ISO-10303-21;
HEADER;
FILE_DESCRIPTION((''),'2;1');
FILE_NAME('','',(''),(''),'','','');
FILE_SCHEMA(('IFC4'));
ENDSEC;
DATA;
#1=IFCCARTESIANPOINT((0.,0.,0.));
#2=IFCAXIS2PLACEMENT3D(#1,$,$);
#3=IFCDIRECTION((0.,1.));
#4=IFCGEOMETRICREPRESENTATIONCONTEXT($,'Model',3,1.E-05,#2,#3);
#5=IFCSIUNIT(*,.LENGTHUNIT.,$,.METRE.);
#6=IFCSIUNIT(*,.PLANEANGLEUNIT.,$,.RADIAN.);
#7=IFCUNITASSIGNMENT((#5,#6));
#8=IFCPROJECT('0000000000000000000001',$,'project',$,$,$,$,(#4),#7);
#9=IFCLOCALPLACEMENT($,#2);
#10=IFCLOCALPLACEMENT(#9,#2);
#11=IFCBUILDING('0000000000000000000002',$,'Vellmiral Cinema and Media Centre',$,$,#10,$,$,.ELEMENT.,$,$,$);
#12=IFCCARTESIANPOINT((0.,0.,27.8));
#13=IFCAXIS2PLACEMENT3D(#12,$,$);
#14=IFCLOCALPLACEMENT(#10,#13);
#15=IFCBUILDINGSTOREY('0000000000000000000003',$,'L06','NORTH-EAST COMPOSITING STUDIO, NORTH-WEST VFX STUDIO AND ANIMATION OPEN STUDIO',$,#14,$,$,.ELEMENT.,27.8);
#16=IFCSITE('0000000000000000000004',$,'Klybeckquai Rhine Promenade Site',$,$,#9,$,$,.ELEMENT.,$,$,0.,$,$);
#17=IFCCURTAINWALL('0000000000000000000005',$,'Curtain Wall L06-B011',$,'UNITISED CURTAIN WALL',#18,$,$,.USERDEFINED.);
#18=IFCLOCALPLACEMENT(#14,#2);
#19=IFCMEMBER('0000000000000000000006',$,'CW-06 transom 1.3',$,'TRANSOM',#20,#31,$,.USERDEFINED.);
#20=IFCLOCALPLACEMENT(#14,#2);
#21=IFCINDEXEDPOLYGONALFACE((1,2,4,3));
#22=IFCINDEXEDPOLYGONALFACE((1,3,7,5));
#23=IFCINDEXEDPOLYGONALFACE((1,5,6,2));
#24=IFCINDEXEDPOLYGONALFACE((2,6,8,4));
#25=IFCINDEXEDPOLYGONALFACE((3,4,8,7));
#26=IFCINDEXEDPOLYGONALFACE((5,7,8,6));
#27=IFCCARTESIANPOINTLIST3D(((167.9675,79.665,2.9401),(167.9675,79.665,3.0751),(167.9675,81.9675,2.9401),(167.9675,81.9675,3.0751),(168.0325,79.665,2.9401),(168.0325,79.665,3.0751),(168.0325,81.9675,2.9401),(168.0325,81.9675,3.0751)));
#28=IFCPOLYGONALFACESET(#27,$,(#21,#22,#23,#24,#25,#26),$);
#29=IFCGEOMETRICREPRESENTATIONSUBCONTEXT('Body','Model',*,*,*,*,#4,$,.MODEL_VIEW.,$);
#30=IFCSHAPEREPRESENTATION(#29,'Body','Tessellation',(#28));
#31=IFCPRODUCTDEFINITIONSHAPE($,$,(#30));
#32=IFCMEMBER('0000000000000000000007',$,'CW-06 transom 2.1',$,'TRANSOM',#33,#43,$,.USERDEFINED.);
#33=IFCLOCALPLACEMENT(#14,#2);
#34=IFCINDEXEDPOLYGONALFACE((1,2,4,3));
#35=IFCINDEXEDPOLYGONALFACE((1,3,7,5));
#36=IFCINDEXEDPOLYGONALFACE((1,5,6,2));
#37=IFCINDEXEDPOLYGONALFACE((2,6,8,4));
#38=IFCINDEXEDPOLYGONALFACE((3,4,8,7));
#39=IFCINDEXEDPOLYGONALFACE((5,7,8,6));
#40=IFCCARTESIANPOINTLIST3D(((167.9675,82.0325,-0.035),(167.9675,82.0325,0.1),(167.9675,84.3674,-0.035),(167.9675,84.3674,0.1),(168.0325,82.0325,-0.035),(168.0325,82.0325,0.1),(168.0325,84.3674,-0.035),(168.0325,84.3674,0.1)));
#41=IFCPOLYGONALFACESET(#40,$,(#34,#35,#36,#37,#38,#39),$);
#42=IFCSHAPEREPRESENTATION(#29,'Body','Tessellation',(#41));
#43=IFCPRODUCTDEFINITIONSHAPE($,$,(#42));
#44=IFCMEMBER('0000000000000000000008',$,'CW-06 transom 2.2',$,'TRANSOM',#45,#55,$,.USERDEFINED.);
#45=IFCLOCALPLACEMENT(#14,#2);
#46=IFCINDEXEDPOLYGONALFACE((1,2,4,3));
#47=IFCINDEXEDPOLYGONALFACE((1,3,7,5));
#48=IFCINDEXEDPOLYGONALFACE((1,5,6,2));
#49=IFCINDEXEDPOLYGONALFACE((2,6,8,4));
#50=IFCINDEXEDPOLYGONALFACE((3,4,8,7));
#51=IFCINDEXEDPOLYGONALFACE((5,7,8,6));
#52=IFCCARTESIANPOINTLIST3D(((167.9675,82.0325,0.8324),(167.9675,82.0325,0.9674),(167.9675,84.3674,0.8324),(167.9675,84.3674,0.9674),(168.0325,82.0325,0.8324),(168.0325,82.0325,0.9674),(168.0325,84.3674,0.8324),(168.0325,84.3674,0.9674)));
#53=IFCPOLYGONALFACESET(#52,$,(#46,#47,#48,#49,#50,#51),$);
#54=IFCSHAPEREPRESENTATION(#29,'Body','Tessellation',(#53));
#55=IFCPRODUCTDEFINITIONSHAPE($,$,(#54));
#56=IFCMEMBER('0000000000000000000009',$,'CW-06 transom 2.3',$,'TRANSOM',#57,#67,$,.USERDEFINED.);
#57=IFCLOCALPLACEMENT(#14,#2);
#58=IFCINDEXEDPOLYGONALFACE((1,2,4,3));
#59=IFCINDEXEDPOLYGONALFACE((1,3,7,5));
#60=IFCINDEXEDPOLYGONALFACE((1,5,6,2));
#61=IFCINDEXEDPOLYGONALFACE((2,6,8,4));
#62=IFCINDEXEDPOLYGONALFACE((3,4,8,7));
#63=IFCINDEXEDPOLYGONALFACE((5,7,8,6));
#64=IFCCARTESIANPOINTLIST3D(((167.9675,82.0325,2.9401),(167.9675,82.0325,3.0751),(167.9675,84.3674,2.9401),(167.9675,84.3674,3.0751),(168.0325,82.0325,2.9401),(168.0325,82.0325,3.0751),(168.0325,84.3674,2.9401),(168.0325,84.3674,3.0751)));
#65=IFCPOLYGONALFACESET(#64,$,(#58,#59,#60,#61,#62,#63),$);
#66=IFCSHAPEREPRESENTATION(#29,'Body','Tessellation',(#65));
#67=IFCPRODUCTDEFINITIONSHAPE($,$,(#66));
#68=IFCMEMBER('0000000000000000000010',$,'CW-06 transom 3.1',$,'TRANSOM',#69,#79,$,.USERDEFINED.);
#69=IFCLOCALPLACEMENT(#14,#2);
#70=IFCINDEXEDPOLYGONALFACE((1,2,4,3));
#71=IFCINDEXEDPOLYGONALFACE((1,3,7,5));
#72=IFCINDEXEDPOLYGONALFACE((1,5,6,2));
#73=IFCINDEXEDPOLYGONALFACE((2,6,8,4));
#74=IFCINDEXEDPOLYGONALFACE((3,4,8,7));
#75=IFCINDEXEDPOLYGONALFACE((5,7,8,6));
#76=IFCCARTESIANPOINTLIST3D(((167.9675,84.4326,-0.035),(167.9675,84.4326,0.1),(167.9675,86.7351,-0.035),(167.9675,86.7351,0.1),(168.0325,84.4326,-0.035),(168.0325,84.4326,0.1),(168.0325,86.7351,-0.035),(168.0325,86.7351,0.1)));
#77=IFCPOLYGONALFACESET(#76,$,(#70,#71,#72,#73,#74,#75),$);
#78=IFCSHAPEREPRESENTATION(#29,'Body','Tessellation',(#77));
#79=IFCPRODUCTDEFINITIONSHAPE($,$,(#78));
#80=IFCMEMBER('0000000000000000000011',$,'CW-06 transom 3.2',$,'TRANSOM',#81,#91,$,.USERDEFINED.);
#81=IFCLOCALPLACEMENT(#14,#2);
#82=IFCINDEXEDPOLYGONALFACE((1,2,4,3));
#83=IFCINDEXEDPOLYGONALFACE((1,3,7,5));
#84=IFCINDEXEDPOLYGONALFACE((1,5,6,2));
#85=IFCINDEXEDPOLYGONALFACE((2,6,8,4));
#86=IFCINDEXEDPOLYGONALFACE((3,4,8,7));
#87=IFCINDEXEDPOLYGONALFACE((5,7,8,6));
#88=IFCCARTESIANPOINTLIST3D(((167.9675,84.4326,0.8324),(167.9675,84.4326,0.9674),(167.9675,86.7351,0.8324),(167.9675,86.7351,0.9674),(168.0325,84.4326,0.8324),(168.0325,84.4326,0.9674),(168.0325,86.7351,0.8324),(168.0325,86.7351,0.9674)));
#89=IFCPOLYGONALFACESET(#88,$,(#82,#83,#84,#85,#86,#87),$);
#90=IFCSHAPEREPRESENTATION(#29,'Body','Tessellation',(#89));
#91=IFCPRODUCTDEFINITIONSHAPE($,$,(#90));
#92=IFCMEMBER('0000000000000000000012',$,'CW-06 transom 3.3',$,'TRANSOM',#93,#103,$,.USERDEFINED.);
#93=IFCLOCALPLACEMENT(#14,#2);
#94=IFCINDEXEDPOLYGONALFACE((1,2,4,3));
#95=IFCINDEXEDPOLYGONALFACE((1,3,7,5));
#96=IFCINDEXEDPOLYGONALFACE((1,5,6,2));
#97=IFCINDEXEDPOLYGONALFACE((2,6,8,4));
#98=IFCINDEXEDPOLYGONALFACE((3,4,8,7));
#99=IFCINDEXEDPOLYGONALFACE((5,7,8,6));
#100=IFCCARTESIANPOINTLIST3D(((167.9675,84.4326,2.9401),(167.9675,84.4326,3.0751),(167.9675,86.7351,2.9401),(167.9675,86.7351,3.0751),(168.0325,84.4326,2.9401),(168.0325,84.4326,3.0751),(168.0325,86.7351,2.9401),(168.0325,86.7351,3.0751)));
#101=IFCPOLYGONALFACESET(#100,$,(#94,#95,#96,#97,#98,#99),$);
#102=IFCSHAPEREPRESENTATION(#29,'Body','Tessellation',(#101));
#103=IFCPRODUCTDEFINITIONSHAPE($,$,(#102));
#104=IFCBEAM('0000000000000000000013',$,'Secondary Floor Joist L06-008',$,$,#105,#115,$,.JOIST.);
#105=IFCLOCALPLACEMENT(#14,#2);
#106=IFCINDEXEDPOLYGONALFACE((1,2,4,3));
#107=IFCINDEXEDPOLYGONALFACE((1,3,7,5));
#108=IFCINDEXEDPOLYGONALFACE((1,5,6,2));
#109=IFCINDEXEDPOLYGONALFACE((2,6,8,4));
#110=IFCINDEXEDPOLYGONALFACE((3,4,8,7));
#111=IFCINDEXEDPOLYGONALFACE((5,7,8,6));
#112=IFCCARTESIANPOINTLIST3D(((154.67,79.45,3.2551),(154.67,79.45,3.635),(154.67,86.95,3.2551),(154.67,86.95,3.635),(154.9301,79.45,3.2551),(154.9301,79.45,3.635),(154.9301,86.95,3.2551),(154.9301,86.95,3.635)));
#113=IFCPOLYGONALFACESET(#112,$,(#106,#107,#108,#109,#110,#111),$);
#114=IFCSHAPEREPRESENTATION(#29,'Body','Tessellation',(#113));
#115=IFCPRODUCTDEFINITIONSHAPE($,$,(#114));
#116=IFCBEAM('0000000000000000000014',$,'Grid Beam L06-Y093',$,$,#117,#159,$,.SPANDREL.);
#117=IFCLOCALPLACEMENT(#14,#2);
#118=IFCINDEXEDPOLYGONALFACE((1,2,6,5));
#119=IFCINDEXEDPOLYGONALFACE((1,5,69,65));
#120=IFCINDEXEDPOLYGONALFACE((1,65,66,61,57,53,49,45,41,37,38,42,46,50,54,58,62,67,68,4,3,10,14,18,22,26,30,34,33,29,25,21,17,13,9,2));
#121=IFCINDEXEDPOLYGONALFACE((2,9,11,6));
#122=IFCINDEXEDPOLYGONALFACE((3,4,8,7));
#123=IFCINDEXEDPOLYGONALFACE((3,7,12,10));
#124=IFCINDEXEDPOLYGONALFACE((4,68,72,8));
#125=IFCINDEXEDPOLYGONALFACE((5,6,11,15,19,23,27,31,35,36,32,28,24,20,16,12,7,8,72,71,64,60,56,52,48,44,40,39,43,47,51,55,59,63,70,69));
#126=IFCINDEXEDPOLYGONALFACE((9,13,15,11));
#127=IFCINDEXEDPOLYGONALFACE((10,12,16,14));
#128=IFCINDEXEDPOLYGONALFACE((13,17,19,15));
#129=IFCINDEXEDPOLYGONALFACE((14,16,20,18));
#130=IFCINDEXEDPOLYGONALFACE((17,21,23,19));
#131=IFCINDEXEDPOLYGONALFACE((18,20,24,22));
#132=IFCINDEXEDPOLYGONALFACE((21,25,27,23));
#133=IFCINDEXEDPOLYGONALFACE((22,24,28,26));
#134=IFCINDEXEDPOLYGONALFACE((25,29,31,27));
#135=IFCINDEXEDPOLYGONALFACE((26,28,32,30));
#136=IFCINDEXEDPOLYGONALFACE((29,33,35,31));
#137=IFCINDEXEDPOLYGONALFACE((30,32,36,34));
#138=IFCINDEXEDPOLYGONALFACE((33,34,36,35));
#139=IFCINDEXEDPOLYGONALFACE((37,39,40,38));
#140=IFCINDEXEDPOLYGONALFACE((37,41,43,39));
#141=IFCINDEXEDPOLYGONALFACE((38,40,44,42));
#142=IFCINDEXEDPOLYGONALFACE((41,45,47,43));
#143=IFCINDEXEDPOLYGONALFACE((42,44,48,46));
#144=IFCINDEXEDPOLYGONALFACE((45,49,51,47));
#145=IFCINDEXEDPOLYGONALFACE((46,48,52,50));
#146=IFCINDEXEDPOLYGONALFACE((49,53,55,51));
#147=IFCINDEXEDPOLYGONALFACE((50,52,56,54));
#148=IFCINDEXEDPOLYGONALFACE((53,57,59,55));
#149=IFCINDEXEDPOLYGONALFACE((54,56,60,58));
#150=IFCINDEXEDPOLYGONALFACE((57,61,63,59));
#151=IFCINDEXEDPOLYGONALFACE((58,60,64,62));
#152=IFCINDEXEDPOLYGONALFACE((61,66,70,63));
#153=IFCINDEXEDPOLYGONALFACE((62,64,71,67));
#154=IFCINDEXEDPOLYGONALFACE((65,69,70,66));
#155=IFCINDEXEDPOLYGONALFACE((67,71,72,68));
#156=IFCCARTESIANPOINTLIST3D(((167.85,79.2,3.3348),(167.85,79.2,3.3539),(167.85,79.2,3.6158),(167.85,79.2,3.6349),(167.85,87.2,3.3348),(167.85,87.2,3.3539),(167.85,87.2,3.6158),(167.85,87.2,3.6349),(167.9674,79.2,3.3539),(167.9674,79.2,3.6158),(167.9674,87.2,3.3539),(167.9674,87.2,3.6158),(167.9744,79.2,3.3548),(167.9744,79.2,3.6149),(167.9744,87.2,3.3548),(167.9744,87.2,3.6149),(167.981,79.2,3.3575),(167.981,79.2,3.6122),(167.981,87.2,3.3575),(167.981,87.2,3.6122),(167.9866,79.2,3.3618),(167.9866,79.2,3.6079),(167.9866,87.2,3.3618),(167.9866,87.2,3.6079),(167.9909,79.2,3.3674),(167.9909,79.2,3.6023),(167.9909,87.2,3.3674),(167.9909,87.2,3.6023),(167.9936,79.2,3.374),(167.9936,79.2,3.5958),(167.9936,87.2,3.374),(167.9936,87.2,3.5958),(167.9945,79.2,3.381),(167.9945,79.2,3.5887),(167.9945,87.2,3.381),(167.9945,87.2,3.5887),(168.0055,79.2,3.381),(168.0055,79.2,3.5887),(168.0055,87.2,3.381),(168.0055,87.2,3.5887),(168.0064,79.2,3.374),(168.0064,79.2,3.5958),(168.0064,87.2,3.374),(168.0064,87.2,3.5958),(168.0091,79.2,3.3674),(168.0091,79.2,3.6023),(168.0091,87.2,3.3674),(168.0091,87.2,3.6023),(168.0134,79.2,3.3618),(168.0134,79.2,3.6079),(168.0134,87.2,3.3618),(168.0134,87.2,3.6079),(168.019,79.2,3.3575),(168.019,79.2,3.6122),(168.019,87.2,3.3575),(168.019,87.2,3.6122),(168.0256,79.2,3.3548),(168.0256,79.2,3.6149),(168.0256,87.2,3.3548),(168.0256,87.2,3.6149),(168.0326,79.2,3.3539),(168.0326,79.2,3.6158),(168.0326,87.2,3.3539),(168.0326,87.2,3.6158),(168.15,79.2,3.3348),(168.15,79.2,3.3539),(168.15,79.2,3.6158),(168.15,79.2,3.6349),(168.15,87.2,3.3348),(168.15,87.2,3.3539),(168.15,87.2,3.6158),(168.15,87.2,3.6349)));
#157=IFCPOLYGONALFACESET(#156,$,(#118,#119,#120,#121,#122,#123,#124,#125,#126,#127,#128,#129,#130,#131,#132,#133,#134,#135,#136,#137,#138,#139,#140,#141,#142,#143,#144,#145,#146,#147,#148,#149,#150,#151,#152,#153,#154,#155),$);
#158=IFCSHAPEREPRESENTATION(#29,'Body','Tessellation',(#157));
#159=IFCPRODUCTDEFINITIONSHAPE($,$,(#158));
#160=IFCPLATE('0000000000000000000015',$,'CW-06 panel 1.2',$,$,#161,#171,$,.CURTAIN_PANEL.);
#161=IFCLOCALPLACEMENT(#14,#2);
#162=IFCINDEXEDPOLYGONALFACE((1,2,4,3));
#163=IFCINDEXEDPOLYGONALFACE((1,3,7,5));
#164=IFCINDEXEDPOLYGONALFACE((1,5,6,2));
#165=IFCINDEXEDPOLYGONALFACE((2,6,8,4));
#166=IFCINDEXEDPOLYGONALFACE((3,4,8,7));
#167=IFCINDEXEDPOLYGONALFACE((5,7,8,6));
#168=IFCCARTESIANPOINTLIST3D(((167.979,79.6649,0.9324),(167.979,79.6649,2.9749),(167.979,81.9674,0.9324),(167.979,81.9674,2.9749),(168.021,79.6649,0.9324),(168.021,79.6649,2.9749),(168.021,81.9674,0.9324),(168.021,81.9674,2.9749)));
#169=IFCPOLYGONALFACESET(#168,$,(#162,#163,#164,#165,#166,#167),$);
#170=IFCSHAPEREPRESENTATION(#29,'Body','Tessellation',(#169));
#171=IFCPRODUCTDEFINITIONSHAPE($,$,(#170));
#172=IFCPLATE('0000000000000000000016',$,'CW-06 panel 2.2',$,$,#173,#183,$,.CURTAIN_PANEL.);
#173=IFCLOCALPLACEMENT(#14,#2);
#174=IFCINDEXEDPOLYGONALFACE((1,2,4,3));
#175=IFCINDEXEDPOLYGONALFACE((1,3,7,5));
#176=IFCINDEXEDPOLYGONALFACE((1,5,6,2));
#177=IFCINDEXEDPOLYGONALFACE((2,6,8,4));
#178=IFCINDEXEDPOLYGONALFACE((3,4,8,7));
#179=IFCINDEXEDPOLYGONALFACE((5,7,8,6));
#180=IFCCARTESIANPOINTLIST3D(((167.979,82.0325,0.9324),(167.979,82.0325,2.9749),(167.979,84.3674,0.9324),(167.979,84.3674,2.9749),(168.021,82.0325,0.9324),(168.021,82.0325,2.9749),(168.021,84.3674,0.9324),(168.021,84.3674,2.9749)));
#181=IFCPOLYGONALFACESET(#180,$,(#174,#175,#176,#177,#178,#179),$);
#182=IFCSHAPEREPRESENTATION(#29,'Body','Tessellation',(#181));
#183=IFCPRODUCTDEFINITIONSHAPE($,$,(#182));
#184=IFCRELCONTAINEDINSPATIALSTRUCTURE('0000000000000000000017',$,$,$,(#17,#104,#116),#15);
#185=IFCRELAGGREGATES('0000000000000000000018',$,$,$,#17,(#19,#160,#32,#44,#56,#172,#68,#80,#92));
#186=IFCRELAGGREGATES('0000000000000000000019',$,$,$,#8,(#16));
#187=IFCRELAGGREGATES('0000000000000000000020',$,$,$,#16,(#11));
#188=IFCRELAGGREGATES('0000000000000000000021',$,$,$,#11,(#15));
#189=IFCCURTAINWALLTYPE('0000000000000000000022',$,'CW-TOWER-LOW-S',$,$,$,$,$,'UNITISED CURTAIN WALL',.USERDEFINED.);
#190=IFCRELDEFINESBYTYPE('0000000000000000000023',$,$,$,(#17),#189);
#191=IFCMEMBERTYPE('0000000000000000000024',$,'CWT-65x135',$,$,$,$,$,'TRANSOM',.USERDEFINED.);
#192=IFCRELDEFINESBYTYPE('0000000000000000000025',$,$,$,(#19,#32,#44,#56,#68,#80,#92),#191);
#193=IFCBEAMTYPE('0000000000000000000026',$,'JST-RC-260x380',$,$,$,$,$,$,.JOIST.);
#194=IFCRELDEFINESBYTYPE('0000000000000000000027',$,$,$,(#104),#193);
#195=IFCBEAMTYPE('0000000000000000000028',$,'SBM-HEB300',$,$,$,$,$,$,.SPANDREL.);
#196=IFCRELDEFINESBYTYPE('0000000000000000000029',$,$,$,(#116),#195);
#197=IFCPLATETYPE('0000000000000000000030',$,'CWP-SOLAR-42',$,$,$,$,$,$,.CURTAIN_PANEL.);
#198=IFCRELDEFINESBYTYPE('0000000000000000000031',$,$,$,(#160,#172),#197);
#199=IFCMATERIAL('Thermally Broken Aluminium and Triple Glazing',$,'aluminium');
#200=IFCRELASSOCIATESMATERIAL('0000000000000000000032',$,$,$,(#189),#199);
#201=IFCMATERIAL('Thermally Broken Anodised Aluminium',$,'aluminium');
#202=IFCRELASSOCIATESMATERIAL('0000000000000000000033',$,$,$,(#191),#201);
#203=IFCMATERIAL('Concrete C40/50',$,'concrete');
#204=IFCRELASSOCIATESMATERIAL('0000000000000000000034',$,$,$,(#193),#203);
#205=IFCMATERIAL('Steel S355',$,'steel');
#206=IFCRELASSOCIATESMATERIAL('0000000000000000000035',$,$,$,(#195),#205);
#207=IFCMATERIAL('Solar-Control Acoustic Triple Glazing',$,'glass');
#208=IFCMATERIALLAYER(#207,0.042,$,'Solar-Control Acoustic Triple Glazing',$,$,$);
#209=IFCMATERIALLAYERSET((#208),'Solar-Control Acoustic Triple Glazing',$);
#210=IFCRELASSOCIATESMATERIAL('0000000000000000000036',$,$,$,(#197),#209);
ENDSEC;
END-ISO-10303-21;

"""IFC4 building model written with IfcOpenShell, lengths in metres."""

from ifc_helpers import new_model, si_unit, direction, frame, origin, origin_2d, place, context, subcontext, project, spatial, rectangle, i_section, extrude, material, layer, layer_set, material_profile, profile_set, type_object, element, aggregate, save


model = new_model("IFC4")

# Units and contexts
model_context = context("Model", 3, precision=1e-05, world=origin(), true_north=direction((0.0, 1.0)))
body_context = subcontext(model_context, "Body", "Model", "MODEL_VIEW")
ifc_project = project(units=[si_unit("LENGTHUNIT", "METRE"), si_unit("PLANEANGLEUNIT", "RADIAN")], contexts=[model_context])

# Site, building, storey
site_placement = place(None, origin())
site = spatial("IfcSite", under=ifc_project, at=site_placement, Name="Klybeckquai Rhine Promenade Site", CompositionType="ELEMENT", RefElevation=0.0)
building_placement = place(site_placement, origin())
building = spatial("IfcBuilding", under=site, at=building_placement, Name="Vellmiral Cinema and Media Centre", CompositionType="ELEMENT")
storey_placement = place(building_placement, frame((0.0, 0.0, 27.8)))
storey = spatial("IfcBuildingStorey", under=building, at=storey_placement, Name="L06", Description="NORTH-EAST COMPOSITING STUDIO, NORTH-WEST VFX STUDIO AND ANIMATION OPEN STUDIO", CompositionType="ELEMENT", Elevation=27.8)

# Curtain wall, members
ifc_material_1 = material(Name="Thermally Broken Aluminium and Triple Glazing", Category="aluminium")
curtain_wall_type = type_object("IfcCurtainWallType", Name="CW-TOWER-LOW-S", ElementType="UNITISED CURTAIN WALL", PredefinedType="USERDEFINED", material=ifc_material_1)
curtain_wall_placement = place(storey_placement, origin())
curtain_wall = element("IfcCurtainWall", 1, at=curtain_wall_placement, inside=storey, type_object=curtain_wall_type, Name="Curtain Wall L06-B011", ObjectType="UNITISED CURTAIN WALL", PredefinedType="USERDEFINED")
ifc_material_2 = material(Name="Thermally Broken Anodised Aluminium", Category="aluminium")
ifc_material_profile_1 = material_profile(ifc_material_2, rectangle(XDim=0.0649, YDim=0.135, at=origin_2d()), Name="MULL 65x135")
ifc_profile_set_1 = profile_set([ifc_material_profile_1], Name="Thermally Broken Anodised Aluminium")
member_type_1 = type_object("IfcMemberType", Name="CWT-65x135", ElementType="TRANSOM", PredefinedType="USERDEFINED", material=ifc_profile_set_1)
member_1_placement = place(storey_placement, frame((168.0, 79.665, 3.0076), z_axis=(0.0, 1.0, 0.0), x_axis=(-1.0, 0.0, 0.0)))
member_1 = element("IfcMember", 2, at=member_1_placement, type_object=member_type_1, Name="CW-06 transom 1.3", ObjectType="TRANSOM", PredefinedType="USERDEFINED", context=body_context, shape_type="SweptSolid", body=[
    extrude(rectangle(XDim=0.0649, YDim=0.135, at=origin_2d()), origin(), (0.0, 0.0, 1.0), 2.3025),
])
member_2_placement = place(storey_placement, frame((168.0, 82.0325, 0.0325), z_axis=(0.0, 1.0, 0.0), x_axis=(-1.0, 0.0, 0.0)))
member_2 = element("IfcMember", 3, at=member_2_placement, type_object=member_type_1, Name="CW-06 transom 2.1", ObjectType="TRANSOM", PredefinedType="USERDEFINED", context=body_context, shape_type="SweptSolid", body=[
    extrude(rectangle(XDim=0.0649, YDim=0.135, at=origin_2d()), origin(), (0.0, 0.0, 1.0), 2.335),
])
member_3_placement = place(storey_placement, frame((168.0, 82.0325, 0.8999), z_axis=(0.0, 1.0, 0.0), x_axis=(-1.0, 0.0, 0.0)))
member_3 = element("IfcMember", 4, at=member_3_placement, type_object=member_type_1, Name="CW-06 transom 2.2", ObjectType="TRANSOM", PredefinedType="USERDEFINED", context=body_context, shape_type="SweptSolid", body=[
    extrude(rectangle(XDim=0.0649, YDim=0.135, at=origin_2d()), origin(), (0.0, 0.0, 1.0), 2.335),
])
member_4_placement = place(storey_placement, frame((168.0, 82.0325, 3.0076), z_axis=(0.0, 1.0, 0.0), x_axis=(-1.0, 0.0, 0.0)))
member_4 = element("IfcMember", 5, at=member_4_placement, type_object=member_type_1, Name="CW-06 transom 2.3", ObjectType="TRANSOM", PredefinedType="USERDEFINED", context=body_context, shape_type="SweptSolid", body=[
    extrude(rectangle(XDim=0.0649, YDim=0.135, at=origin_2d()), origin(), (0.0, 0.0, 1.0), 2.335),
])
member_5_placement = place(storey_placement, frame((168.0, 84.4326, 0.0325), z_axis=(0.0, 1.0, 0.0), x_axis=(-1.0, 0.0, 0.0)))
member_5 = element("IfcMember", 6, at=member_5_placement, type_object=member_type_1, Name="CW-06 transom 3.1", ObjectType="TRANSOM", PredefinedType="USERDEFINED", context=body_context, shape_type="SweptSolid", body=[
    extrude(rectangle(XDim=0.0649, YDim=0.135, at=origin_2d()), origin(), (0.0, 0.0, 1.0), 2.3025),
])
member_6_placement = place(storey_placement, frame((168.0, 84.4326, 0.8999), z_axis=(0.0, 1.0, 0.0), x_axis=(-1.0, 0.0, 0.0)))
member_6 = element("IfcMember", 7, at=member_6_placement, type_object=member_type_1, Name="CW-06 transom 3.2", ObjectType="TRANSOM", PredefinedType="USERDEFINED", context=body_context, shape_type="SweptSolid", body=[
    extrude(rectangle(XDim=0.0649, YDim=0.135, at=origin_2d()), origin(), (0.0, 0.0, 1.0), 2.3025),
])
member_7_placement = place(storey_placement, frame((168.0, 84.4326, 3.0076), z_axis=(0.0, 1.0, 0.0), x_axis=(-1.0, 0.0, 0.0)))
member_7 = element("IfcMember", 8, at=member_7_placement, type_object=member_type_1, Name="CW-06 transom 3.3", ObjectType="TRANSOM", PredefinedType="USERDEFINED", context=body_context, shape_type="SweptSolid", body=[
    extrude(rectangle(XDim=0.0649, YDim=0.135, at=origin_2d()), origin(), (0.0, 0.0, 1.0), 2.3025),
])

# Beams
ifc_material_3 = material(Name="Concrete C40/50", Category="concrete")
ifc_material_profile_2 = material_profile(ifc_material_3, rectangle(XDim=0.26, YDim=0.3799, at=origin_2d()), Name="RC 260x380")
ifc_profile_set_2 = profile_set([ifc_material_profile_2], Name="Concrete C40/50")
beam_type_1 = type_object("IfcBeamType", Name="JST-RC-260x380", PredefinedType="JOIST", material=ifc_profile_set_2)
beam_1_placement = place(storey_placement, frame((154.8, 79.45, 3.4451), z_axis=(0.0, 1.0, 0.0), x_axis=(-1.0, 0.0, 0.0)))
element("IfcBeam", 9, at=beam_1_placement, inside=storey, type_object=beam_type_1, Name="Secondary Floor Joist L06-008", PredefinedType="JOIST", context=body_context, shape_type="SweptSolid", body=[
    extrude(rectangle(XDim=0.26, YDim=0.3799, at=origin_2d()), origin(), (0.0, 0.0, 1.0), 7.5),
])
ifc_material_4 = material(Name="Steel S355", Category="steel")
ifc_material_profile_3 = material_profile(ifc_material_4, i_section(OverallWidth=0.3, OverallDepth=0.3, WebThickness=0.011, FlangeThickness=0.019, FilletRadius=0.0271, at=origin_2d()), Name="HEB 300")
ifc_profile_set_3 = profile_set([ifc_material_profile_3], Name="Steel S355")
beam_type_2 = type_object("IfcBeamType", Name="SBM-HEB300", PredefinedType="SPANDREL", material=ifc_profile_set_3)
beam_2_placement = place(storey_placement, frame((168.0, 79.2, 3.4849), z_axis=(0.0, 1.0, 0.0), x_axis=(-1.0, 0.0, 0.0)))
element("IfcBeam", 10, at=beam_2_placement, inside=storey, type_object=beam_type_2, Name="Grid Beam L06-Y093", PredefinedType="SPANDREL", context=body_context, shape_type="SweptSolid", body=[
    extrude(i_section(OverallWidth=0.3, OverallDepth=0.3, WebThickness=0.011, FlangeThickness=0.019, FilletRadius=0.0271, at=origin_2d()), origin(), (0.0, 0.0, 1.0), 8.0),
])

# Plates
ifc_material_5 = material(Name="Solar-Control Acoustic Triple Glazing", Category="glass")
ifc_layer_1 = layer(ifc_material_5, 0.042, Name="Solar-Control Acoustic Triple Glazing")
ifc_layer_set_1 = layer_set([ifc_layer_1], Name="Solar-Control Acoustic Triple Glazing")
plate_type_1 = type_object("IfcPlateType", Name="CWP-SOLAR-42", PredefinedType="CURTAIN_PANEL", material=ifc_layer_set_1)
plate_1_placement = place(storey_placement, frame((168.0, 80.8162, 0.9324), z_axis=(0.0, 0.0, 1.0), x_axis=(0.0, 1.0, 0.0)))
plate_1 = element("IfcPlate", 11, at=plate_1_placement, type_object=plate_type_1, Name="CW-06 panel 1.2", PredefinedType="CURTAIN_PANEL", context=body_context, shape_type="SweptSolid", body=[
    extrude(rectangle(XDim=2.3025, YDim=0.042, at=origin_2d()), origin(), (0.0, 0.0, 1.0), 2.0425),
])
plate_2_placement = place(storey_placement, frame((168.0, 83.2, 0.9324), z_axis=(0.0, 0.0, 1.0), x_axis=(0.0, 1.0, 0.0)))
plate_2 = element("IfcPlate", 12, at=plate_2_placement, type_object=plate_type_1, Name="CW-06 panel 2.2", PredefinedType="CURTAIN_PANEL", context=body_context, shape_type="SweptSolid", body=[
    extrude(rectangle(XDim=2.335, YDim=0.042, at=origin_2d()), origin(), (0.0, 0.0, 1.0), 2.0425),
])
aggregate(curtain_wall, [member_1, plate_1, member_2, member_3, member_4, plate_2, member_5, member_6, member_7])

save(model, "model.ifc")
